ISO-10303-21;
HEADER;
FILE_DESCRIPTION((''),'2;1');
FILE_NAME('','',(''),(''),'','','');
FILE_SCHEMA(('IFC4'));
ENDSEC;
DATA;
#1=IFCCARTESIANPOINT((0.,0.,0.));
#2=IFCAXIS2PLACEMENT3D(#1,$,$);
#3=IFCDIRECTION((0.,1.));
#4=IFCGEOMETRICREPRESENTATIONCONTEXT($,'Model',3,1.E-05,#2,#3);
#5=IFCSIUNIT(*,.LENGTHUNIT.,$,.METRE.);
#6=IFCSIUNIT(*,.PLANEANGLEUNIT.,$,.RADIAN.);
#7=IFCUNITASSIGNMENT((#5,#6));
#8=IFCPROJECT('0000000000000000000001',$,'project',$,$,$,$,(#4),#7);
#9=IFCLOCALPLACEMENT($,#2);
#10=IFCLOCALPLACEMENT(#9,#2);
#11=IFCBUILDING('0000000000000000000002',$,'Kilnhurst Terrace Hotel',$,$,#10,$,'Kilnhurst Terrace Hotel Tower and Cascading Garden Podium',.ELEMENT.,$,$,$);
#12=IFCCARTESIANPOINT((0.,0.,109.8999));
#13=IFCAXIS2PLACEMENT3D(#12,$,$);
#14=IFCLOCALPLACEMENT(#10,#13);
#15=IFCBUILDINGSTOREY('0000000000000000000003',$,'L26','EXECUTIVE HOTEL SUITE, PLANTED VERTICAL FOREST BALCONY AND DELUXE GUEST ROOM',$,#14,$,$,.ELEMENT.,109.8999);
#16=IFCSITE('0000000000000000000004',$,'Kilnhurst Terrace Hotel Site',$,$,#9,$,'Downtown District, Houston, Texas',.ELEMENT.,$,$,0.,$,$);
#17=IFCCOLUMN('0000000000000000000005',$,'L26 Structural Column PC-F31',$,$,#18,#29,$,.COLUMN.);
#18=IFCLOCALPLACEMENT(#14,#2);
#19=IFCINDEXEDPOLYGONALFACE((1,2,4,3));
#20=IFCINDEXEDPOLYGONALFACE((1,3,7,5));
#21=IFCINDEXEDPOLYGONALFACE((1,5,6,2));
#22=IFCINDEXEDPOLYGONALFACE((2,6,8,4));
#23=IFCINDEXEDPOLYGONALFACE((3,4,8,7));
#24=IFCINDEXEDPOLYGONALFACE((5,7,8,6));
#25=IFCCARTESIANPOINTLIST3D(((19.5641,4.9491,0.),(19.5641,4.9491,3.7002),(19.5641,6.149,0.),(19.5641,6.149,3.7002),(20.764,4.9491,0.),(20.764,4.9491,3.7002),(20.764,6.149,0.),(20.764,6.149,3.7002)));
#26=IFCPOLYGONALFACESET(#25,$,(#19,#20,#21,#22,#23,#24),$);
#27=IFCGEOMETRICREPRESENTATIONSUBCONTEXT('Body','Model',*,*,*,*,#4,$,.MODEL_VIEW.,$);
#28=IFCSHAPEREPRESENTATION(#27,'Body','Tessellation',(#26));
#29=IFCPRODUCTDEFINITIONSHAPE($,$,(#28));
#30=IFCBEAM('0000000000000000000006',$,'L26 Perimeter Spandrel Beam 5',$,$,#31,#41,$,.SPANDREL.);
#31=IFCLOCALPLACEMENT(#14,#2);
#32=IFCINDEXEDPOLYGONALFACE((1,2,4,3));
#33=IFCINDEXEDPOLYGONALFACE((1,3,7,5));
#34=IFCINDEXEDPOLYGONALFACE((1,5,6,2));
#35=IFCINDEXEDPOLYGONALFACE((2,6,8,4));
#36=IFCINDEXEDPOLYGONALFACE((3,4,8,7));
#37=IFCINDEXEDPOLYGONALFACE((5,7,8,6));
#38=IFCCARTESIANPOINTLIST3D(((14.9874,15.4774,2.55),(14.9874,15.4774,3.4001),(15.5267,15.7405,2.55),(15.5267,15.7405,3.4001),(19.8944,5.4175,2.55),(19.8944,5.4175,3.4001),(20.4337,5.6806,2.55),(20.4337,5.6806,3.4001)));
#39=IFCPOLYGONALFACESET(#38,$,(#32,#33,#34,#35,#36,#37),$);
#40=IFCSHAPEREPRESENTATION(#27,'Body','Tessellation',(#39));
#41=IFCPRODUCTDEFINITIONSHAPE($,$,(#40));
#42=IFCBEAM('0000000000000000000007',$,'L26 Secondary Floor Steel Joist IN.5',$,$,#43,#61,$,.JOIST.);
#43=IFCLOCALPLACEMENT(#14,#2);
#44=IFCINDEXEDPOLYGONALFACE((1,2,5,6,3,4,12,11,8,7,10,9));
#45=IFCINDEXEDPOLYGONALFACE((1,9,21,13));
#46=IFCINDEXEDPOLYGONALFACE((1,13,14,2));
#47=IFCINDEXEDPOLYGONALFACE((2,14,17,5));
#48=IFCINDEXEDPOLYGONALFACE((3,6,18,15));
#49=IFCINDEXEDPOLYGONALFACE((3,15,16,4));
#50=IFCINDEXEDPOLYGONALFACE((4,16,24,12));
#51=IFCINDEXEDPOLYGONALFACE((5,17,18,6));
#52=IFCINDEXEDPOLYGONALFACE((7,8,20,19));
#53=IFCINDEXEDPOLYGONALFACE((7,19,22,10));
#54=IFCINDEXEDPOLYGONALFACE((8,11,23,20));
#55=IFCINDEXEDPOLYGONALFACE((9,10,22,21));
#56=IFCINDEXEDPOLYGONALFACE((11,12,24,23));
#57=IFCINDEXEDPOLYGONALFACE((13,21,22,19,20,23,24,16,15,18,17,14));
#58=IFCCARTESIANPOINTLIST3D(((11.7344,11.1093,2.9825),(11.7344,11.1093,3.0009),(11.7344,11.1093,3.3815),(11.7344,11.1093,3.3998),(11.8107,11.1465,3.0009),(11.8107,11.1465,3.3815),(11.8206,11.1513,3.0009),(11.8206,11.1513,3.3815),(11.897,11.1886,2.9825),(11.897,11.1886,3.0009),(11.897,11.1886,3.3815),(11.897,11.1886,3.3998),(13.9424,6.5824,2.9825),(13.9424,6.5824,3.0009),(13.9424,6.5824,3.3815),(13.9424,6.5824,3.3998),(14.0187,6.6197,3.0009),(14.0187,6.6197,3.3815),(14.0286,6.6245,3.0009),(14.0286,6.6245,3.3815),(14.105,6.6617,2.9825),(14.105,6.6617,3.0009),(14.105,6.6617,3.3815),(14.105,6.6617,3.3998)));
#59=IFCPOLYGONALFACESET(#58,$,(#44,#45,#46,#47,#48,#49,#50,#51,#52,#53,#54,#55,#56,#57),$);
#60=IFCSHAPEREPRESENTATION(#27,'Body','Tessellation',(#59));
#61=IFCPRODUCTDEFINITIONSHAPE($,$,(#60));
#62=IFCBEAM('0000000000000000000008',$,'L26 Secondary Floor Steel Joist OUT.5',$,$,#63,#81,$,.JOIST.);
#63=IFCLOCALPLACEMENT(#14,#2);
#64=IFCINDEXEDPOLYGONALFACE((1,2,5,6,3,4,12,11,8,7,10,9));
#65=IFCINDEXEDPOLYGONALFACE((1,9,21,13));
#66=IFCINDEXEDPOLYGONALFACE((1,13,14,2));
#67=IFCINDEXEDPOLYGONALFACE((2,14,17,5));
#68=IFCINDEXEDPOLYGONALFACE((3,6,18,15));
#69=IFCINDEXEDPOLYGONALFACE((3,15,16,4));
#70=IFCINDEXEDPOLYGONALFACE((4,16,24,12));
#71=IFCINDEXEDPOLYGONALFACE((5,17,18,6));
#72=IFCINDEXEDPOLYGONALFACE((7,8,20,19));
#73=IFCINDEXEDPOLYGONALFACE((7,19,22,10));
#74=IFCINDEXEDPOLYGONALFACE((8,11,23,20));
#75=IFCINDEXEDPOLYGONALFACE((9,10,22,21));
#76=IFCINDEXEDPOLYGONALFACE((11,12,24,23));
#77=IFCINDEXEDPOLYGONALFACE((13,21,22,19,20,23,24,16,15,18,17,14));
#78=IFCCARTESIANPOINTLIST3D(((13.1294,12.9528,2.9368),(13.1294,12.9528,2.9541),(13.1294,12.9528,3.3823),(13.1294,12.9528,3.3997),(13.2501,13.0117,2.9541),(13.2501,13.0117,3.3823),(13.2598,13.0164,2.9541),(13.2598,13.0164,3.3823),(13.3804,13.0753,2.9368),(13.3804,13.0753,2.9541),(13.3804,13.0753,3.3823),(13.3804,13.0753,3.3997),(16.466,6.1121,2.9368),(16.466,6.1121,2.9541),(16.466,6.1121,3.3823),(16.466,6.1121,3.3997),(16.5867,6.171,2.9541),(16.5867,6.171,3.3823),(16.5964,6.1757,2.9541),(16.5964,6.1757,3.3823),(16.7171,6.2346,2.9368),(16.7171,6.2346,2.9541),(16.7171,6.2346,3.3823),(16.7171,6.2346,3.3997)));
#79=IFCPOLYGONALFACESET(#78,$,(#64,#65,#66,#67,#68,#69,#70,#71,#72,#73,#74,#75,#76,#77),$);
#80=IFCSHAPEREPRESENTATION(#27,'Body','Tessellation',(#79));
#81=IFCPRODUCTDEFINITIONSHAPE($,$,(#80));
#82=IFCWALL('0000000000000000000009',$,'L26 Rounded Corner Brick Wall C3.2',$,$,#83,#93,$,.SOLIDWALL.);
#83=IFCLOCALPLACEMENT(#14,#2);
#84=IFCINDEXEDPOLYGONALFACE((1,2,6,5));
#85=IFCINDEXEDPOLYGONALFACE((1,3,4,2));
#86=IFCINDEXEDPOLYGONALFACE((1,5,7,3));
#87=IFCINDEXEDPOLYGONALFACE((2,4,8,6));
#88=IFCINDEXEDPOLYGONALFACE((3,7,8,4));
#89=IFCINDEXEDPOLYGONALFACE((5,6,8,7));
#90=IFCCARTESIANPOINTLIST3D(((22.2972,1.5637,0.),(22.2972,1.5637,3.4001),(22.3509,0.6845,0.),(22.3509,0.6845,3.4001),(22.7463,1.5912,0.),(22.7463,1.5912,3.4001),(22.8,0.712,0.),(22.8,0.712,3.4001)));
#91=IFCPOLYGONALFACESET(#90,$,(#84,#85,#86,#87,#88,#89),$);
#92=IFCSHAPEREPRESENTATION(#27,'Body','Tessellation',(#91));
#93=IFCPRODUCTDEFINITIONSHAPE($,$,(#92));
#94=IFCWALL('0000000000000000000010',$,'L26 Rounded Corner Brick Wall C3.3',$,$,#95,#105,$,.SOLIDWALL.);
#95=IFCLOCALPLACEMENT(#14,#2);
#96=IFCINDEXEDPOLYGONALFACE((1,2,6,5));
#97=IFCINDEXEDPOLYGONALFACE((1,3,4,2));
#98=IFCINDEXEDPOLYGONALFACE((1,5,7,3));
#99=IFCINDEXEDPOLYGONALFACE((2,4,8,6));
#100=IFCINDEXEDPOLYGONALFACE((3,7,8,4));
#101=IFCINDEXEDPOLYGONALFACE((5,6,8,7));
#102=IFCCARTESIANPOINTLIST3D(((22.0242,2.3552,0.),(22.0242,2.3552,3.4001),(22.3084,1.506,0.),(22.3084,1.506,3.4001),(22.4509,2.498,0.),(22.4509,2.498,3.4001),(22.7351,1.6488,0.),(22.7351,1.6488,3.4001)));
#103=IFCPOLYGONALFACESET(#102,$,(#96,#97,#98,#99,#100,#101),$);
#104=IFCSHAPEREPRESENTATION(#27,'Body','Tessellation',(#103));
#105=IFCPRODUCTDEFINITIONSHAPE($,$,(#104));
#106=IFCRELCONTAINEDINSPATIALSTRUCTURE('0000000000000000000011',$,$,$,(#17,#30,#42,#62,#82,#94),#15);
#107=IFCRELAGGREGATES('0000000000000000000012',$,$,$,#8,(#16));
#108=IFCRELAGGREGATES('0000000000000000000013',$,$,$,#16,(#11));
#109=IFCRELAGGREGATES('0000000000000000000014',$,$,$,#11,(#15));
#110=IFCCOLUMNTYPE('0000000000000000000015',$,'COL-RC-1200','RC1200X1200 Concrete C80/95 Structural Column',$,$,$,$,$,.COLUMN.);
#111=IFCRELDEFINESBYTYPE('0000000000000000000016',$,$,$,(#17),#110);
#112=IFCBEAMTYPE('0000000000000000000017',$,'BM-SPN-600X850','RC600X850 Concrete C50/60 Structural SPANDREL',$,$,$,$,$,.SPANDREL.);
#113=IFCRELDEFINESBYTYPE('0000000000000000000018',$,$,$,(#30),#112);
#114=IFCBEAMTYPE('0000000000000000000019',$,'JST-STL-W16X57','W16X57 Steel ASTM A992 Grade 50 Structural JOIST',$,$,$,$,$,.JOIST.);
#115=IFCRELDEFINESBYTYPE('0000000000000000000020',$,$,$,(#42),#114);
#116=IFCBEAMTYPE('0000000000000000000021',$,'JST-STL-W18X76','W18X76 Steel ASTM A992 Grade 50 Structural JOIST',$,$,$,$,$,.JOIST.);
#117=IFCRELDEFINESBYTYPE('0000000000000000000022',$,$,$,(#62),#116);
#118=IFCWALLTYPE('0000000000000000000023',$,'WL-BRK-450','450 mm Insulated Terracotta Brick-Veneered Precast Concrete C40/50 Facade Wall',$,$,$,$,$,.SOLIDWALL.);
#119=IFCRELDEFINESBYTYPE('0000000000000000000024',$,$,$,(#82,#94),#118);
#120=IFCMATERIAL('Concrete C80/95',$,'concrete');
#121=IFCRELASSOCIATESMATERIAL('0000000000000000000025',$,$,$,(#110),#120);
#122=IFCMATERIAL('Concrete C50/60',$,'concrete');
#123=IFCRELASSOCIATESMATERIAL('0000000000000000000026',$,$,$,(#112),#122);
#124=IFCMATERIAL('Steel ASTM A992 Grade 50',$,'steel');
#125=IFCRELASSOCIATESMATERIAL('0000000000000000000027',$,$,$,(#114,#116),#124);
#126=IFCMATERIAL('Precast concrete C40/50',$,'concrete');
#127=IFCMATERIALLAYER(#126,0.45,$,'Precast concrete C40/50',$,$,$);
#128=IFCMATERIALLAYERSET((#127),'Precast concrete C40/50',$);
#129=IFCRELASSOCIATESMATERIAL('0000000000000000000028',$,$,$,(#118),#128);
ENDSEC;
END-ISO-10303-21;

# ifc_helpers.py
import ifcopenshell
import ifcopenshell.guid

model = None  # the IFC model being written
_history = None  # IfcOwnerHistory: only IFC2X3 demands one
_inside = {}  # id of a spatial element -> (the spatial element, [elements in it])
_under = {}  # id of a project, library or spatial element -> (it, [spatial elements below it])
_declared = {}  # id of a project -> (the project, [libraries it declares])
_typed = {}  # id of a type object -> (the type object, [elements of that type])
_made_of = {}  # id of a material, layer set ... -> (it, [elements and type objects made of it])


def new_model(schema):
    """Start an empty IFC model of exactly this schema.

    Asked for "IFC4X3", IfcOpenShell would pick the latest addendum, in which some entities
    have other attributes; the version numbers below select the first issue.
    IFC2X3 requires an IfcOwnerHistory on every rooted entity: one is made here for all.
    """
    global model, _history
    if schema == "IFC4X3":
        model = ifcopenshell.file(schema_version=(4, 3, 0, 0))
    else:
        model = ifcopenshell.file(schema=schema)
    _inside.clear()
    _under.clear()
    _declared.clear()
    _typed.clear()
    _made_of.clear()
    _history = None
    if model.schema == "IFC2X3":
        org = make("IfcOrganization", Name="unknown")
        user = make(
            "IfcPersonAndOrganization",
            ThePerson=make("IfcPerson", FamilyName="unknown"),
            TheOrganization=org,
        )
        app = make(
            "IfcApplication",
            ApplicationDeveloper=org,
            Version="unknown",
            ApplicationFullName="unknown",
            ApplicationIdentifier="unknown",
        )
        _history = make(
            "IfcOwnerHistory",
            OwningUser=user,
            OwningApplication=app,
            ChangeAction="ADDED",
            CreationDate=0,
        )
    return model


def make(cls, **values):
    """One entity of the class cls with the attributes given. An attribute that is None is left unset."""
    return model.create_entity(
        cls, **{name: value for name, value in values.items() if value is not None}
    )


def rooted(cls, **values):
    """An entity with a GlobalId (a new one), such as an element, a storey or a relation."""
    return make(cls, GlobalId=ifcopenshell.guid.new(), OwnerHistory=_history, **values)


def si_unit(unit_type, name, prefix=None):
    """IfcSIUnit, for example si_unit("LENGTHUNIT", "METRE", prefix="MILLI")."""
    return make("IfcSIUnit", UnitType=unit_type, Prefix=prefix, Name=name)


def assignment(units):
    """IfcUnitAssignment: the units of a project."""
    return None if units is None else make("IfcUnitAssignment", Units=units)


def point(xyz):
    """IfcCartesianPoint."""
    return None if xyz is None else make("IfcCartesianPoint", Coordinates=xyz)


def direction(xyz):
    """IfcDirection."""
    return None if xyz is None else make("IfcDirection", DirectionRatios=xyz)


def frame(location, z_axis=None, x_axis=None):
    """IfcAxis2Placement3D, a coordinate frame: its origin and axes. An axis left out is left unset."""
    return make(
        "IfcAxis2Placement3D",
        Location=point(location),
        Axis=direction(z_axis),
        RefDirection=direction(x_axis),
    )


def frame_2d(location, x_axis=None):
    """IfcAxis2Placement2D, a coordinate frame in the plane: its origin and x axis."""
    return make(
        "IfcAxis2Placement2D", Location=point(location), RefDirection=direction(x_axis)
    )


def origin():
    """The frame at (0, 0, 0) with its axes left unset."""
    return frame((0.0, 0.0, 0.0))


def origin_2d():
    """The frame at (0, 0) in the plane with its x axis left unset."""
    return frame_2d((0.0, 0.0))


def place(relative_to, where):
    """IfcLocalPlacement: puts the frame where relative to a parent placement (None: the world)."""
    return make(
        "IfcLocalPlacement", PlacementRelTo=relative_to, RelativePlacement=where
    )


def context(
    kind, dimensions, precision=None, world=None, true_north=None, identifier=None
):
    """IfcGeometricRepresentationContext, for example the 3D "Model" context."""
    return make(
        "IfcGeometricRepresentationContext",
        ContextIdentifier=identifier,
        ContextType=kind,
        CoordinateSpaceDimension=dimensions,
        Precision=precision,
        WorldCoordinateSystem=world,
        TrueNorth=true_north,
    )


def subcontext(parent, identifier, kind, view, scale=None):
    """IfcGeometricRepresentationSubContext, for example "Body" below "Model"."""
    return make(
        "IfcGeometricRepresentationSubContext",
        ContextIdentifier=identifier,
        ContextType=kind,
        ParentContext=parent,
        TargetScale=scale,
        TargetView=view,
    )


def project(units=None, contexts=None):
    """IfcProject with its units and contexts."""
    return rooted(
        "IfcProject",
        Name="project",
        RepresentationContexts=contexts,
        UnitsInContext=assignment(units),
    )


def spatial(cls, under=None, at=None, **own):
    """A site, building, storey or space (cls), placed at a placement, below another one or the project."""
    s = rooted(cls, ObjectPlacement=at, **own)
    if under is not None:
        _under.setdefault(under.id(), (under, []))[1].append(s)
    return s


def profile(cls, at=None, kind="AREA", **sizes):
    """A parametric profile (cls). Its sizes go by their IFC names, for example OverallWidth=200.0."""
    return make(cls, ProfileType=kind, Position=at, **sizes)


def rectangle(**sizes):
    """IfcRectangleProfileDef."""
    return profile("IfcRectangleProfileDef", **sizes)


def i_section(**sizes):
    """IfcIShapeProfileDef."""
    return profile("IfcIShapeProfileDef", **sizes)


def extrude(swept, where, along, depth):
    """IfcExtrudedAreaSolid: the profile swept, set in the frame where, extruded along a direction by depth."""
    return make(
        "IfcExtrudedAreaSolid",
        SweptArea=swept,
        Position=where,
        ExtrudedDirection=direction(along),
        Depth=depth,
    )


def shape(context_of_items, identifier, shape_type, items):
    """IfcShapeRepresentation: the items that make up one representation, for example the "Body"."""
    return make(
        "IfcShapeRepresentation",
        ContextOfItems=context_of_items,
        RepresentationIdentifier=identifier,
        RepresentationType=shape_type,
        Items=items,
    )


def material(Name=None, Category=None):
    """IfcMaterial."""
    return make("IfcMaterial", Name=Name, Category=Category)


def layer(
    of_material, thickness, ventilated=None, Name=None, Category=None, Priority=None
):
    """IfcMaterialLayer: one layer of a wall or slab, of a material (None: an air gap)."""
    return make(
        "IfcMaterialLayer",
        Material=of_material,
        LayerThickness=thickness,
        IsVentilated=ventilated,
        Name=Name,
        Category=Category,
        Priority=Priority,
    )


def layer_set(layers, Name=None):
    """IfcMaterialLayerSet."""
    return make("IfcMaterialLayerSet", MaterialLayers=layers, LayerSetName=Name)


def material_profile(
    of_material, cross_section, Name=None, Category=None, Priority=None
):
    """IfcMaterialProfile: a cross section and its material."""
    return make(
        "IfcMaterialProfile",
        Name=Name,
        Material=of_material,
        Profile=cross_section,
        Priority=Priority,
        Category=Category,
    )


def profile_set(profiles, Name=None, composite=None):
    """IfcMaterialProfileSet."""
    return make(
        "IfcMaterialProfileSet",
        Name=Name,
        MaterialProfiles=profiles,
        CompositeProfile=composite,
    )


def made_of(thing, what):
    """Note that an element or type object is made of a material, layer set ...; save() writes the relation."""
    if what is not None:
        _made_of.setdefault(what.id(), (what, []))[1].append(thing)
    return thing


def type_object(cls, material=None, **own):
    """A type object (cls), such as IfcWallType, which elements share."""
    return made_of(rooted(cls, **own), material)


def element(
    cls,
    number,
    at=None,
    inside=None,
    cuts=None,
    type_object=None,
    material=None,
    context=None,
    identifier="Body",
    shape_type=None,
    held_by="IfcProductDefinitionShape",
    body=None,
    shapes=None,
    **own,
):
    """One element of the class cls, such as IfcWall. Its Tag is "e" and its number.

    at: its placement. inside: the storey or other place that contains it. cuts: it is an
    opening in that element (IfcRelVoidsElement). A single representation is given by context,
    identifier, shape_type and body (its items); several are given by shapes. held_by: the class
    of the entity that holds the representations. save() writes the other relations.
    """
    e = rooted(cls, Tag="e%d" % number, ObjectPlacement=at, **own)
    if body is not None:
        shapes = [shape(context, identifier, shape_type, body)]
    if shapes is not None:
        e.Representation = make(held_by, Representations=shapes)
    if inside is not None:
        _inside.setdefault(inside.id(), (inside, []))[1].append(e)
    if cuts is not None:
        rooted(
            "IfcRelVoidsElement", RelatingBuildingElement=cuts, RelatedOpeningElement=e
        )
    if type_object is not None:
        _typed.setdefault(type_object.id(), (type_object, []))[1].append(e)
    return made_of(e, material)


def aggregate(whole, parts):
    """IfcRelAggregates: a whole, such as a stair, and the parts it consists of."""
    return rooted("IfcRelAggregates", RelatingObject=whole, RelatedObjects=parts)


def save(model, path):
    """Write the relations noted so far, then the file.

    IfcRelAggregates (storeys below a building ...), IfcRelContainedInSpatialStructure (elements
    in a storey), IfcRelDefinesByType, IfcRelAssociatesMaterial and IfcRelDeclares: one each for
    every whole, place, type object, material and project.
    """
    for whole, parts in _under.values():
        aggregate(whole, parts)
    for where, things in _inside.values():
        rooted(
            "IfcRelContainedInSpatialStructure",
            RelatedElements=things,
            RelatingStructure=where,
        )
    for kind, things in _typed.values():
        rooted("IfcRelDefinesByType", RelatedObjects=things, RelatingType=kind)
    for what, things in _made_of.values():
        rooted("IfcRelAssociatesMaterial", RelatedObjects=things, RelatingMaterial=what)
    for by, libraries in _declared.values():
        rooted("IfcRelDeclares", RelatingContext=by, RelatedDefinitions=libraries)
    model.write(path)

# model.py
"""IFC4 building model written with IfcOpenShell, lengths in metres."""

from ifc_helpers import new_model, si_unit, direction, frame, frame_2d, origin, origin_2d, place, context, subcontext, project, spatial, rectangle, i_section, extrude, material, layer, layer_set, material_profile, profile_set, type_object, element, save


model = new_model("IFC4")

# Units and contexts
model_context = context("Model", 3, precision=1e-05, world=origin(), true_north=direction((0.0, 1.0)))
body_context = subcontext(model_context, "Body", "Model", "MODEL_VIEW")
ifc_project = project(units=[si_unit("LENGTHUNIT", "METRE"), si_unit("PLANEANGLEUNIT", "RADIAN")], contexts=[model_context])

# Site, building, storey
site_placement = place(None, origin())
site = spatial("IfcSite", under=ifc_project, at=site_placement, Name="Kilnhurst Terrace Hotel Site", LongName="Downtown District, Houston, Texas", CompositionType="ELEMENT", RefElevation=0.0)
building_placement = place(site_placement, origin())
building = spatial("IfcBuilding", under=site, at=building_placement, Name="Kilnhurst Terrace Hotel", LongName="Kilnhurst Terrace Hotel Tower and Cascading Garden Podium", CompositionType="ELEMENT")
storey_placement = place(building_placement, frame((0.0, 0.0, 109.8999)))
storey = spatial("IfcBuildingStorey", under=building, at=storey_placement, Name="L26", Description="EXECUTIVE HOTEL SUITE, PLANTED VERTICAL FOREST BALCONY AND DELUXE GUEST ROOM", CompositionType="ELEMENT", Elevation=109.8999)

# Column
ifc_material_1 = material(Name="Concrete C80/95", Category="concrete")
ifc_material_profile_1 = material_profile(ifc_material_1, rectangle(XDim=1.2, YDim=1.2, at=origin_2d()), Name="RC1200X1200")
ifc_profile_set_1 = profile_set([ifc_material_profile_1], Name="Concrete C80/95")
column_type = type_object("IfcColumnType", Name="COL-RC-1200", Description="RC1200X1200 Concrete C80/95 Structural Column", PredefinedType="COLUMN", material=ifc_profile_set_1)
column_placement = place(storey_placement, frame((20.1641, 5.5491, 0.0), z_axis=(0.0, 0.0, 1.0), x_axis=(1.0, 0.0, 0.0)))
element("IfcColumn", 1, at=column_placement, inside=storey, type_object=column_type, Name="L26 Structural Column PC-F31", PredefinedType="COLUMN", context=body_context, shape_type="SweptSolid", body=[
    extrude(rectangle(XDim=1.2, YDim=1.2, at=origin_2d()), origin(), (0.0, 0.0, 1.0), 3.7002),
])

# Beams
ifc_material_2 = material(Name="Concrete C50/60", Category="concrete")
ifc_material_profile_2 = material_profile(ifc_material_2, rectangle(XDim=0.6001, YDim=0.8501, at=origin_2d()), Name="RC600X850")
ifc_profile_set_2 = profile_set([ifc_material_profile_2], Name="Concrete C50/60")
beam_type_1 = type_object("IfcBeamType", Name="BM-SPN-600X850", Description="RC600X850 Concrete C50/60 Structural SPANDREL", PredefinedType="SPANDREL", material=ifc_profile_set_2)
beam_1_placement = place(storey_placement, frame((20.1641, 5.5491, 2.9751), z_axis=(-0.438406, 0.898777, 0.0), x_axis=(-0.898777, -0.438406, 0.0)))
element("IfcBeam", 2, at=beam_1_placement, inside=storey, type_object=beam_type_1, Name="L26 Perimeter Spandrel Beam 5", PredefinedType="SPANDREL", context=body_context, shape_type="SweptSolid", body=[
    extrude(rectangle(XDim=0.6001, YDim=0.8501, at=origin_2d()), origin(), (0.0, 0.0, 1.0), 11.1929),
])
ifc_material_3 = material(Name="Steel ASTM A992 Grade 50", Category="steel")
ifc_material_profile_3 = material_profile(ifc_material_3, i_section(OverallWidth=0.1809, OverallDepth=0.4172, WebThickness=0.011, FlangeThickness=0.0183, at=origin_2d()), Name="W16X57")
ifc_profile_set_3 = profile_set([ifc_material_profile_3], Name="Steel ASTM A992 Grade 50")
beam_type_2 = type_object("IfcBeamType", Name="JST-STL-W16X57", Description="W16X57 Steel ASTM A992 Grade 50 Structural JOIST", PredefinedType="JOIST", material=ifc_profile_set_3)
beam_2_placement = place(storey_placement, frame((14.0237, 6.6221, 3.1912), z_axis=(-0.438389, 0.898785, 0.0), x_axis=(-0.898785, -0.438389, 0.0)))
element("IfcBeam", 3, at=beam_2_placement, inside=storey, type_object=beam_type_2, Name="L26 Secondary Floor Steel Joist IN.5", PredefinedType="JOIST", context=body_context, shape_type="SweptSolid", body=[
    extrude(i_section(OverallWidth=0.1809, OverallDepth=0.4172, WebThickness=0.011, FlangeThickness=0.0183, at=origin_2d()), origin(), (0.0, 0.0, 1.0), 5.0366),
])
ifc_material_profile_4 = material_profile(ifc_material_3, i_section(OverallWidth=0.2793, OverallDepth=0.4629, WebThickness=0.0107, FlangeThickness=0.0173, at=origin_2d()), Name="W18X76")
ifc_profile_set_4 = profile_set([ifc_material_profile_4], Name="Steel ASTM A992 Grade 50")
beam_type_3 = type_object("IfcBeamType", Name="JST-STL-W18X76", Description="W18X76 Steel ASTM A992 Grade 50 Structural JOIST", PredefinedType="JOIST", material=ifc_profile_set_4)
beam_3_placement = place(storey_placement, frame((16.5916, 6.1733, 3.1682), z_axis=(-0.43839, 0.898785, 0.0), x_axis=(-0.898785, -0.43839, 0.0)))
element("IfcBeam", 4, at=beam_3_placement, inside=storey, type_object=beam_type_3, Name="L26 Secondary Floor Steel Joist OUT.5", PredefinedType="JOIST", context=body_context, shape_type="SweptSolid", body=[
    extrude(i_section(OverallWidth=0.2793, OverallDepth=0.4629, WebThickness=0.0107, FlangeThickness=0.0173, at=origin_2d()), origin(), (0.0, 0.0, 1.0), 7.6111),
])

# Walls
ifc_material_4 = material(Name="Precast concrete C40/50", Category="concrete")
ifc_layer_1 = layer(ifc_material_4, 0.45, Name="Precast concrete C40/50")
ifc_layer_set_1 = layer_set([ifc_layer_1], Name="Precast concrete C40/50")
wall_type_1 = type_object("IfcWallType", Name="WL-BRK-450", Description="450 mm Insulated Terracotta Brick-Veneered Precast Concrete C40/50 Facade Wall", PredefinedType="SOLIDWALL", material=ifc_layer_set_1)
wall_1_placement = place(storey_placement, frame((22.5754, 0.6982, 0.0), z_axis=(0.0, 0.0, 1.0), x_axis=(-0.06098, 0.998139, 0.0)))
element("IfcWall", 5, at=wall_1_placement, inside=storey, type_object=wall_type_1, Name="L26 Rounded Corner Brick Wall C3.2", PredefinedType="SOLIDWALL", context=body_context, shape_type="SweptSolid", body=[
    extrude(rectangle(XDim=0.8809, YDim=0.45, at=frame_2d((0.4404, 0.0))), origin(), (0.0, 0.0, 1.0), 3.4001),
])
wall_2_placement = place(storey_placement, frame((22.5217, 1.5774, 0.0), z_axis=(0.0, 0.0, 1.0), x_axis=(-0.317373, 0.948301, 0.0)))
element("IfcWall", 6, at=wall_2_placement, inside=storey, type_object=wall_type_1, Name="L26 Rounded Corner Brick Wall C3.3", PredefinedType="SOLIDWALL", context=body_context, shape_type="SweptSolid", body=[
    extrude(rectangle(XDim=0.8955, YDim=0.45, at=frame_2d((0.4478, 0.0))), origin(), (0.0, 0.0, 1.0), 3.4001),
])

save(model, "model.ifc")
